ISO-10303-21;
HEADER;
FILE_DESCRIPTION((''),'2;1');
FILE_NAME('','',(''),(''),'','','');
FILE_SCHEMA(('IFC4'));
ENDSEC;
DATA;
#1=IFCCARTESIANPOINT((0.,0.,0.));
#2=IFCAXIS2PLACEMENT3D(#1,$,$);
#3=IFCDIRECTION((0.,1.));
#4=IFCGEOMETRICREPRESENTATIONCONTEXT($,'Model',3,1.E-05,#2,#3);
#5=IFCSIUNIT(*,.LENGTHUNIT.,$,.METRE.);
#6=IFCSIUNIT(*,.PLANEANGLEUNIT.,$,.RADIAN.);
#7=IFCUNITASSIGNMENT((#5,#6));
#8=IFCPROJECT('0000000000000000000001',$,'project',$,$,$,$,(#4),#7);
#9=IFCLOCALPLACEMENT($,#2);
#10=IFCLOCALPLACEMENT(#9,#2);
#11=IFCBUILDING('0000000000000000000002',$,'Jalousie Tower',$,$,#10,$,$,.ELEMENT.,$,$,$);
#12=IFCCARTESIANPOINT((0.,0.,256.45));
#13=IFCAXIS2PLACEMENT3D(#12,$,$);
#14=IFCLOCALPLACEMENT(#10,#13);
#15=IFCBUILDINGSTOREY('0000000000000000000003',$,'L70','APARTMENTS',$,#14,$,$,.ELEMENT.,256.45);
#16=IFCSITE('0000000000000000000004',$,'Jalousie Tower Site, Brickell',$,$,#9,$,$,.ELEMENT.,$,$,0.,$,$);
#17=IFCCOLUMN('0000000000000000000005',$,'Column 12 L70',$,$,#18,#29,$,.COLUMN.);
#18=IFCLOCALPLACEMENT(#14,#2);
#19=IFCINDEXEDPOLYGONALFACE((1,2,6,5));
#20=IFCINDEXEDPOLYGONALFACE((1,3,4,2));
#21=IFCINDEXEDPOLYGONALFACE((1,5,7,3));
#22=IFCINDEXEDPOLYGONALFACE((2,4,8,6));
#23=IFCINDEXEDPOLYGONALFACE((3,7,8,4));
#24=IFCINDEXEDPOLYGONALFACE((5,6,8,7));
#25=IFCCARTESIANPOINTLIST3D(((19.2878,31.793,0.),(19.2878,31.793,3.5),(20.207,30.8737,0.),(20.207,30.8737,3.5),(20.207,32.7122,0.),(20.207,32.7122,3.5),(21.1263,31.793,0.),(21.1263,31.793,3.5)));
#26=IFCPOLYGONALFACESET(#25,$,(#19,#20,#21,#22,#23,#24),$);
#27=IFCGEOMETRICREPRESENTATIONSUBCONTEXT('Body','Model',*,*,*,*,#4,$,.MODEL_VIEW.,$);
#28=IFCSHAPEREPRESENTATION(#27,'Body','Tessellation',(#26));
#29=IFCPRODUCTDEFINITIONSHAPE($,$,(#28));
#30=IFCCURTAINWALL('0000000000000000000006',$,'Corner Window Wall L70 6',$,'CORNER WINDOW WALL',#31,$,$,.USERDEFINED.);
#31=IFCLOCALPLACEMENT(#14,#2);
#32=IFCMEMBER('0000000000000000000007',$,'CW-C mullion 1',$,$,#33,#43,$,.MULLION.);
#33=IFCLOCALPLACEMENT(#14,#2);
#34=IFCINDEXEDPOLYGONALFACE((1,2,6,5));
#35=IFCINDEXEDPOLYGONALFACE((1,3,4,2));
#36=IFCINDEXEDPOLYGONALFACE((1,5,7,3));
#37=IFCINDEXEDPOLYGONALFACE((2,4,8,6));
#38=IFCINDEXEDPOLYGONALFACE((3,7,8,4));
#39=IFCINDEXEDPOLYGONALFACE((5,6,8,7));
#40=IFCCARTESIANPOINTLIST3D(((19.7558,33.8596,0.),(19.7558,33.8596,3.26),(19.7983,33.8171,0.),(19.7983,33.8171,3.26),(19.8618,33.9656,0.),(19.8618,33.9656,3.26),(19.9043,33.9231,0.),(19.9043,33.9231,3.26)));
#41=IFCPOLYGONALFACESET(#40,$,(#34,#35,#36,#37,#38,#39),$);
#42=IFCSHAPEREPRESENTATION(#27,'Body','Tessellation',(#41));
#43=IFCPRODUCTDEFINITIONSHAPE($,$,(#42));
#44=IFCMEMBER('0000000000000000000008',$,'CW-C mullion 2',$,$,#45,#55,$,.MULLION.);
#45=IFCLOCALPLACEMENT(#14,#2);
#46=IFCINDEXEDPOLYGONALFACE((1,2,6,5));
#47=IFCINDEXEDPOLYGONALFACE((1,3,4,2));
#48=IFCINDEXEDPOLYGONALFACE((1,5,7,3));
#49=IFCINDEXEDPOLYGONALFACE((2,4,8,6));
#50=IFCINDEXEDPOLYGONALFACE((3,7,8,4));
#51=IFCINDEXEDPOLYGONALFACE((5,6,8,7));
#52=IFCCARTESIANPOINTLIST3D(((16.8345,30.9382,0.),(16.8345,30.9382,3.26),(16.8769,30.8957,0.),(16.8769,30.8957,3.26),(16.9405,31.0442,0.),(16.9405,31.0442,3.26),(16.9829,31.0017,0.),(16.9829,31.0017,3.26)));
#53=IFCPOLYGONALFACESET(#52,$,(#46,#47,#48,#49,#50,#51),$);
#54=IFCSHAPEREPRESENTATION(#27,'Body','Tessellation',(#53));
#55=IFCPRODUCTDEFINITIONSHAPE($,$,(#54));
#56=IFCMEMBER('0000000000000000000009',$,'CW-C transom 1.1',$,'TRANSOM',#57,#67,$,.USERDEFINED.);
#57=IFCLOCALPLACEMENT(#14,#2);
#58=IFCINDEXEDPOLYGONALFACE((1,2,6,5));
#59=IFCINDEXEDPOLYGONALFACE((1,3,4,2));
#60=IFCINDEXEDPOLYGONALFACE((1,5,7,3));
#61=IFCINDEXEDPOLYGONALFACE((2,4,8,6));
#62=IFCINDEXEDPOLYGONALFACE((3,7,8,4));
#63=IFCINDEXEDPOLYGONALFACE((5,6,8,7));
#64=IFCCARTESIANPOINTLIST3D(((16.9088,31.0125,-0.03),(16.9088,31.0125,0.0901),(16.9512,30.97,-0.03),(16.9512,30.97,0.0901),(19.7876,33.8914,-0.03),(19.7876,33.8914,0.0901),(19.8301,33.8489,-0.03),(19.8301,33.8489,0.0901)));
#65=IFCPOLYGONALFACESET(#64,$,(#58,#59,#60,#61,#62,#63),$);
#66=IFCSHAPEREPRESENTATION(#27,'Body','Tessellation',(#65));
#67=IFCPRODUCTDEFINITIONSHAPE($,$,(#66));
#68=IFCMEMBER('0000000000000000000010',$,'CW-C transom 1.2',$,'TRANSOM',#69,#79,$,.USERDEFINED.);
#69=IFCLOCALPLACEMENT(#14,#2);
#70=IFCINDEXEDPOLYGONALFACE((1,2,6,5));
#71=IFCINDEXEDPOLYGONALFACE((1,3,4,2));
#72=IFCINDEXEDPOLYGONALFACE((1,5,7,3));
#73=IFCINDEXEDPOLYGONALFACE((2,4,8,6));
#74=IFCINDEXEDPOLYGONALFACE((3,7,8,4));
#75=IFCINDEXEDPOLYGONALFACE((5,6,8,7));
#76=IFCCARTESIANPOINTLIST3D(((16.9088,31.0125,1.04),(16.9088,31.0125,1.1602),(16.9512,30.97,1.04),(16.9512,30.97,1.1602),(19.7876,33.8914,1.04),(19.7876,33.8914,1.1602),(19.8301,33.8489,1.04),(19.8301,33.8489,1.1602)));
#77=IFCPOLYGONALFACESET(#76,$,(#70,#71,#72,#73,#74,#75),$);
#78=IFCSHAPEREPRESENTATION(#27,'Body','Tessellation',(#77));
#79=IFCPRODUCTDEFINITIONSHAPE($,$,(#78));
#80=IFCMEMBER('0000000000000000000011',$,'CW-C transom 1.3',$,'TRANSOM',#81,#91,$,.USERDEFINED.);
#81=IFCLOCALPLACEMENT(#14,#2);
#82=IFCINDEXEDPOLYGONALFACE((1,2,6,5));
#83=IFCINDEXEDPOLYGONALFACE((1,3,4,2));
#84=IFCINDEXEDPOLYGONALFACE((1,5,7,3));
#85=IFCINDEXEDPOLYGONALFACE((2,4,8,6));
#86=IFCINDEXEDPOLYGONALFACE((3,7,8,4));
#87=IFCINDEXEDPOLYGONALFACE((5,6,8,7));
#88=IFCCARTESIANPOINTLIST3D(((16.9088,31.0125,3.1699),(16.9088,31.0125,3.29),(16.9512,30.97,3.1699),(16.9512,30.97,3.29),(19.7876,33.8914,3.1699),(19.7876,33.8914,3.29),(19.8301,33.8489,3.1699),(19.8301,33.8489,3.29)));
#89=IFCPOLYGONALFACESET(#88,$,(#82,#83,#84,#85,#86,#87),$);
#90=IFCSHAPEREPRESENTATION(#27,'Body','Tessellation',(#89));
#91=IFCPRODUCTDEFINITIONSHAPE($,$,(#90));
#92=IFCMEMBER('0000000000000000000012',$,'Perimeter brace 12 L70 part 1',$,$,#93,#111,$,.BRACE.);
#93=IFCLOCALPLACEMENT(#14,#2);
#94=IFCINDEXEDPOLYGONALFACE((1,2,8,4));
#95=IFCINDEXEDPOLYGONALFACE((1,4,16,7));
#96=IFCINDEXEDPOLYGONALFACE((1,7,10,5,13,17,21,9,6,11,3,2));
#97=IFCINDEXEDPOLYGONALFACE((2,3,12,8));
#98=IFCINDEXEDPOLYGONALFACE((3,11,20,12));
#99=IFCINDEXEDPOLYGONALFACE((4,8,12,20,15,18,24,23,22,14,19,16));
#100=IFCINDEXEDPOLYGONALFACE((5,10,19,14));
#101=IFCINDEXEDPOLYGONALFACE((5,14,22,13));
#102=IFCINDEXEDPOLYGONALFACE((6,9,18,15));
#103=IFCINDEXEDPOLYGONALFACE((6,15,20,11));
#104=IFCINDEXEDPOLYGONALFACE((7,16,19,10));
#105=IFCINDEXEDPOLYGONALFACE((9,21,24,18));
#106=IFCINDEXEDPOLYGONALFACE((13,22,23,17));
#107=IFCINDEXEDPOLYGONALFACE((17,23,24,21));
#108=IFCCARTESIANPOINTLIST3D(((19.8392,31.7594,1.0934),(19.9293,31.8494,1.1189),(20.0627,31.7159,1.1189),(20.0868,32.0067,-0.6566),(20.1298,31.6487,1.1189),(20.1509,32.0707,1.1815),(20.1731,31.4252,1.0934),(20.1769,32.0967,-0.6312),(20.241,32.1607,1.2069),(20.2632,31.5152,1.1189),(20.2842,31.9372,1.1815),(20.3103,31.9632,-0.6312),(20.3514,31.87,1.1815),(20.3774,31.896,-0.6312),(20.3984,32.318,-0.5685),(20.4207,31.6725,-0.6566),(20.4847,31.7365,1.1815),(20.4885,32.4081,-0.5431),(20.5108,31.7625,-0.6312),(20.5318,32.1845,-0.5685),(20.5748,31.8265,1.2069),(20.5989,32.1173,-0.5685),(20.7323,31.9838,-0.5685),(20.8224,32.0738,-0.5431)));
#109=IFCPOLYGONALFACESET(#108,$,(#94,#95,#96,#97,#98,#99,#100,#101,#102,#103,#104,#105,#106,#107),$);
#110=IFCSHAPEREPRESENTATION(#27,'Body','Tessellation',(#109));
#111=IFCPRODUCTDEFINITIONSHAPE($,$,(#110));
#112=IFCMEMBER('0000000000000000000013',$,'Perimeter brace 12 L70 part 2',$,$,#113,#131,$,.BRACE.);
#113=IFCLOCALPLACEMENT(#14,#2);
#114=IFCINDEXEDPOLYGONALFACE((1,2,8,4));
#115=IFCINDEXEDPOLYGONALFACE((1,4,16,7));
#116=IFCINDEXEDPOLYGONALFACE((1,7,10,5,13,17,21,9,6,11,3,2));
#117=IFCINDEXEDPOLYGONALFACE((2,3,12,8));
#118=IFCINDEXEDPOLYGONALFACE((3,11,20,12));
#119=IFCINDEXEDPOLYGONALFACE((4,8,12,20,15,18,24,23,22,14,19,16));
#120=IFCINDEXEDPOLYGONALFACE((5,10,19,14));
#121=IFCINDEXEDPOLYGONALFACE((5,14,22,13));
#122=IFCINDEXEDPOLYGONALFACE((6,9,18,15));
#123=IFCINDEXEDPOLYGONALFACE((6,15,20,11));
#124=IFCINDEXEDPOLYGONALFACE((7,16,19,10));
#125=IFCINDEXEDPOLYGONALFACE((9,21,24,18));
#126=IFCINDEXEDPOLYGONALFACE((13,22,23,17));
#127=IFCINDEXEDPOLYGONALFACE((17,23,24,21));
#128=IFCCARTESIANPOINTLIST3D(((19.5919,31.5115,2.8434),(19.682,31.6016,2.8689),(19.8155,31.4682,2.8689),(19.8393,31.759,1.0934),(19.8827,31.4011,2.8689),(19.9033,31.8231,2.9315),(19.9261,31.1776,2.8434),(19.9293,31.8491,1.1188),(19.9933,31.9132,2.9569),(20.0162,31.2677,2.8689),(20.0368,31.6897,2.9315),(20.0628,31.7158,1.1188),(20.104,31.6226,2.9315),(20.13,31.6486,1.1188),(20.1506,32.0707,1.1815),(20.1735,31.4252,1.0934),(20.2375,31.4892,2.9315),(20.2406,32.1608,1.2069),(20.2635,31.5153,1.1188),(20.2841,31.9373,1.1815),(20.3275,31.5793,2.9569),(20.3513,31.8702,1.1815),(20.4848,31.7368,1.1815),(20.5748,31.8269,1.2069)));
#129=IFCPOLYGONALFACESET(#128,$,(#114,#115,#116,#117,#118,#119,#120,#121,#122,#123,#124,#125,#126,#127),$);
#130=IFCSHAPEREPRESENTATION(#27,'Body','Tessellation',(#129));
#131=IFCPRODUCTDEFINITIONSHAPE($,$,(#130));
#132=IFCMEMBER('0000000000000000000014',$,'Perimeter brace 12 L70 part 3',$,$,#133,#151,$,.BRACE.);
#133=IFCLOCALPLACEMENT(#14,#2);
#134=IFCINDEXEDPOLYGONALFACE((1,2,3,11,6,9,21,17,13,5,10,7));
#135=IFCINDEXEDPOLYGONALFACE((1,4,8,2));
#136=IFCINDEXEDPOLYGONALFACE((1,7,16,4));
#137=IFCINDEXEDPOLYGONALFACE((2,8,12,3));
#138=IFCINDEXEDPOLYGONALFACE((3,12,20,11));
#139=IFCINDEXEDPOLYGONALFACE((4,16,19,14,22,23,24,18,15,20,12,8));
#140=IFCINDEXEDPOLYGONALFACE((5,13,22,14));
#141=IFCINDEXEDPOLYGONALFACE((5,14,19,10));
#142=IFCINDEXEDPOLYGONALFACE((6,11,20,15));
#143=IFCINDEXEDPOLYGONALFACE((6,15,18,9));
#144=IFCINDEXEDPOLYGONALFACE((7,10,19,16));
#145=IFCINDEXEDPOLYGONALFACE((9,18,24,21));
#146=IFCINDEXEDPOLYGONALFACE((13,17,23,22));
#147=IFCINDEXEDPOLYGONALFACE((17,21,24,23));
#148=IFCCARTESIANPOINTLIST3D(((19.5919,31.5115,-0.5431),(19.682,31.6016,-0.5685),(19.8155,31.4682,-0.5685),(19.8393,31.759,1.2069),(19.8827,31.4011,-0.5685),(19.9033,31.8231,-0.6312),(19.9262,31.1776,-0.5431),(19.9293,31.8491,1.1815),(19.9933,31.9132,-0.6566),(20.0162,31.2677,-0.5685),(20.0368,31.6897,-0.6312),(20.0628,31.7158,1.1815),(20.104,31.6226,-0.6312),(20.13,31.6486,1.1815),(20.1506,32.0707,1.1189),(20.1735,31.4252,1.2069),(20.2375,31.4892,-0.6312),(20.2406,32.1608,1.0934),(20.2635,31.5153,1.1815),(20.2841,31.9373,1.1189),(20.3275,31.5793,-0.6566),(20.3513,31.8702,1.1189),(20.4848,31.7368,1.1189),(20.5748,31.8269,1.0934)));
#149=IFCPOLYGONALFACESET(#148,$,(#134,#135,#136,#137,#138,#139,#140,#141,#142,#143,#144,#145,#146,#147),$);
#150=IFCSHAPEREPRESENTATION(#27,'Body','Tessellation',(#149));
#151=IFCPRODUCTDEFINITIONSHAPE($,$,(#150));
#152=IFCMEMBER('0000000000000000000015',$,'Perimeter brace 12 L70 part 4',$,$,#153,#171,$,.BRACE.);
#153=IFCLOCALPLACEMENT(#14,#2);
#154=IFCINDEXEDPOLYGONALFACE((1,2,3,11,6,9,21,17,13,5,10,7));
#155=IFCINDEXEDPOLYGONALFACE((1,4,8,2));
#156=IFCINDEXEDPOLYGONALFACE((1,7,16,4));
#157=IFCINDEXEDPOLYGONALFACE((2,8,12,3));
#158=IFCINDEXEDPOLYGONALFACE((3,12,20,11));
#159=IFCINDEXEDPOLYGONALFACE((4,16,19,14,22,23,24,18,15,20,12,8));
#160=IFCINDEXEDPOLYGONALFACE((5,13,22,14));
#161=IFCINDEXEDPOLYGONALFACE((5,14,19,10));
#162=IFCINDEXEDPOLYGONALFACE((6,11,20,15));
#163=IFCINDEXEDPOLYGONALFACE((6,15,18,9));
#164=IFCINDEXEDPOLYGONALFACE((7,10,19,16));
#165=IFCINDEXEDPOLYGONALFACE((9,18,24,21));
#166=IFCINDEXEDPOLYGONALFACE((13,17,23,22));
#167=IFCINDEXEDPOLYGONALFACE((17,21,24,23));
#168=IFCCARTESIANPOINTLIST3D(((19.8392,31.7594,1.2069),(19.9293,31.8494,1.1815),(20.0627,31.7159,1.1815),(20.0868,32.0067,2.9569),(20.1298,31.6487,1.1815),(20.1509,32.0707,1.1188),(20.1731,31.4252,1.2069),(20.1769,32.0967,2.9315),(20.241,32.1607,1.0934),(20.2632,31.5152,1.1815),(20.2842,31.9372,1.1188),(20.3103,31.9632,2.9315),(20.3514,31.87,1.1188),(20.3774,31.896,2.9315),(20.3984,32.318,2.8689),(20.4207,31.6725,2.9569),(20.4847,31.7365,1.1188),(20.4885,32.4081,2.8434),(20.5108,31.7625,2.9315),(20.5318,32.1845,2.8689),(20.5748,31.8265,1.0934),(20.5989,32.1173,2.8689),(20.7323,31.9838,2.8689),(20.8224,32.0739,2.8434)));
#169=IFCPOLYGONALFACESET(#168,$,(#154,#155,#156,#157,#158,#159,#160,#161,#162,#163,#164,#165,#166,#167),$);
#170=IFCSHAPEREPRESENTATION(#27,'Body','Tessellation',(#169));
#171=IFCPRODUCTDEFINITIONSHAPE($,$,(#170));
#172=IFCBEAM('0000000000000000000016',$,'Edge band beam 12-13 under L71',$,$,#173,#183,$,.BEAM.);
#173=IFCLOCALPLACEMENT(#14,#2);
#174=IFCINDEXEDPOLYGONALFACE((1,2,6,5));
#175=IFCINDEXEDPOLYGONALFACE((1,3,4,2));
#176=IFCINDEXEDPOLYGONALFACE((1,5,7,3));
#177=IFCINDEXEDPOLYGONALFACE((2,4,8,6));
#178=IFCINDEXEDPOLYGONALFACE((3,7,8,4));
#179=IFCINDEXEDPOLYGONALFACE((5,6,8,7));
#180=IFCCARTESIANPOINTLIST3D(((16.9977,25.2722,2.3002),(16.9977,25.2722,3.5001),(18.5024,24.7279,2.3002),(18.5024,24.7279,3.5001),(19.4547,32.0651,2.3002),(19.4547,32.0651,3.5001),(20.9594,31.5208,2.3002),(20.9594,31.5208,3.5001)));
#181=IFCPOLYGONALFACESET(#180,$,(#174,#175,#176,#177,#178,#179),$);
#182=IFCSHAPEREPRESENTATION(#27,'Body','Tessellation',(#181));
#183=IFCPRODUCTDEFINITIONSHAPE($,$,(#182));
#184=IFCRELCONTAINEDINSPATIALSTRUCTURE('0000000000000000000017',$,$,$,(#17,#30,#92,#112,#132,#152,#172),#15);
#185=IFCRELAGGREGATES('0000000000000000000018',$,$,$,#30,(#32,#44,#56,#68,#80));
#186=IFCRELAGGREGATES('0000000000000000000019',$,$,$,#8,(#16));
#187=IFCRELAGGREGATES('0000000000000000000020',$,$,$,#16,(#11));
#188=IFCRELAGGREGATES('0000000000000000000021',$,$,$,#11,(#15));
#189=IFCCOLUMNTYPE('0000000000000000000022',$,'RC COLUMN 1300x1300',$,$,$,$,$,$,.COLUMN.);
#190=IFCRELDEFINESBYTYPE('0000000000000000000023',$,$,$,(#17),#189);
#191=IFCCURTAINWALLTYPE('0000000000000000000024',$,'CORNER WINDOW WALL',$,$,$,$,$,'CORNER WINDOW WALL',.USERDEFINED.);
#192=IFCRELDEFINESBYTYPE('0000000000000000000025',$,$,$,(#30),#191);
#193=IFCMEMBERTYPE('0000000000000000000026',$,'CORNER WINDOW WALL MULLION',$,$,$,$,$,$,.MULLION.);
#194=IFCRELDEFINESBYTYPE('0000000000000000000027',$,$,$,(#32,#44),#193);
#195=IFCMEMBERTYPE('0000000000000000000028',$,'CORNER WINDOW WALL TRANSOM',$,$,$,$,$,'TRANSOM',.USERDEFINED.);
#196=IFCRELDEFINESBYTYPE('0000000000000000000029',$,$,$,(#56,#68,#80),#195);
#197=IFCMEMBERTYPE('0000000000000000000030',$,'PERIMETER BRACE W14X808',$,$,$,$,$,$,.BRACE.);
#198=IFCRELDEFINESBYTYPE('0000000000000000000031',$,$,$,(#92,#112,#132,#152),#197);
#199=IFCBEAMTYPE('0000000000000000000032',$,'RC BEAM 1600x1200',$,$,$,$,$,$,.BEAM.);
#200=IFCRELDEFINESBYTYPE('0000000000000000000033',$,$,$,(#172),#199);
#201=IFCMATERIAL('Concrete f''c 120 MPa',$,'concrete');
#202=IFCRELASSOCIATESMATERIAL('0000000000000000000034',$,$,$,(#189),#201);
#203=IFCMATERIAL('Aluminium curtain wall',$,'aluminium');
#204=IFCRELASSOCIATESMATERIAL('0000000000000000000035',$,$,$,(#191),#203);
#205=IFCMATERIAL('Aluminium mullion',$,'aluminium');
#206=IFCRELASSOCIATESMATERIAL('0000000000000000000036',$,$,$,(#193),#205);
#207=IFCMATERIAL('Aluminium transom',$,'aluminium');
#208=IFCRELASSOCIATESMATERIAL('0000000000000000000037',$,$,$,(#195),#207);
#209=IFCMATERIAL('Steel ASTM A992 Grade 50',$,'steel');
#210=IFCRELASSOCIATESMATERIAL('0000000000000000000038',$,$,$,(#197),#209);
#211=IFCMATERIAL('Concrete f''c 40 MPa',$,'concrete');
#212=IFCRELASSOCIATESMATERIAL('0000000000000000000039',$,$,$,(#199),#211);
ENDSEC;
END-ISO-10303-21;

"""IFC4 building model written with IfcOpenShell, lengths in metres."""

from ifc_helpers import new_model, si_unit, direction, frame, origin, origin_2d, place, context, subcontext, project, spatial, rectangle, i_section, extrude, material, material_profile, profile_set, type_object, element, aggregate, save


model = new_model("IFC4")

# Units and contexts
model_context = context("Model", 3, precision=1e-05, world=origin(), true_north=direction((0.0, 1.0)))
body_context = subcontext(model_context, "Body", "Model", "MODEL_VIEW")
ifc_project = project(units=[si_unit("LENGTHUNIT", "METRE"), si_unit("PLANEANGLEUNIT", "RADIAN")], contexts=[model_context])

# Site, building, storey
site_placement = place(None, origin())
site = spatial("IfcSite", under=ifc_project, at=site_placement, Name="Jalousie Tower Site, Brickell", CompositionType="ELEMENT", RefElevation=0.0)
building_placement = place(site_placement, origin())
building = spatial("IfcBuilding", under=site, at=building_placement, Name="Jalousie Tower", CompositionType="ELEMENT")
storey_placement = place(building_placement, frame((0.0, 0.0, 256.45)))
storey = spatial("IfcBuildingStorey", under=building, at=storey_placement, Name="L70", Description="APARTMENTS", CompositionType="ELEMENT", Elevation=256.45)

# Column
ifc_material_1 = material(Name="Concrete f'c 120 MPa", Category="concrete")
ifc_material_profile_1 = material_profile(ifc_material_1, rectangle(XDim=1.3, YDim=1.3, at=origin_2d()), Name="RC 1300x1300")
ifc_profile_set_1 = profile_set([ifc_material_profile_1], Name="Concrete f'c 120 MPa")
column_type = type_object("IfcColumnType", Name="RC COLUMN 1300x1300", PredefinedType="COLUMN", material=ifc_profile_set_1)
column_placement = place(storey_placement, frame((20.207, 31.793, 0.0), z_axis=(0.0, 0.0, 1.0), x_axis=(0.707107, 0.707107, 0.0)))
element("IfcColumn", 1, at=column_placement, inside=storey, type_object=column_type, Name="Column 12 L70", PredefinedType="COLUMN", context=body_context, shape_type="SweptSolid", body=[
    extrude(rectangle(XDim=1.3, YDim=1.3, at=origin_2d()), origin(), (0.0, 0.0, 1.0), 3.5),
])

# Curtain wall, members
ifc_material_2 = material(Name="Aluminium curtain wall", Category="aluminium")
curtain_wall_type_1 = type_object("IfcCurtainWallType", Name="CORNER WINDOW WALL", ElementType="CORNER WINDOW WALL", PredefinedType="USERDEFINED", material=ifc_material_2)
curtain_wall_1_placement = place(storey_placement, origin())
curtain_wall_1 = element("IfcCurtainWall", 2, at=curtain_wall_1_placement, inside=storey, type_object=curtain_wall_type_1, Name="Corner Window Wall L70 6", ObjectType="CORNER WINDOW WALL", PredefinedType="USERDEFINED")
ifc_material_3 = material(Name="Aluminium mullion", Category="aluminium")
ifc_material_profile_2 = material_profile(ifc_material_3, rectangle(XDim=0.0601, YDim=0.1499, at=origin_2d()), Name="MULLION 60x150")
ifc_profile_set_2 = profile_set([ifc_material_profile_2], Name="Aluminium mullion")
member_type_1 = type_object("IfcMemberType", Name="CORNER WINDOW WALL MULLION", PredefinedType="MULLION", material=ifc_profile_set_2)
member_1_placement = place(storey_placement, frame((19.8301, 33.8914, 0.0), z_axis=(0.0, 0.0, 1.0), x_axis=(0.707107, -0.707107, 0.0)))
member_1 = element("IfcMember", 3, at=member_1_placement, type_object=member_type_1, Name="CW-C mullion 1", PredefinedType="MULLION", context=body_context, shape_type="SweptSolid", body=[
    extrude(rectangle(XDim=0.0601, YDim=0.1499, at=origin_2d()), origin(), (0.0, 0.0, 1.0), 3.26),
])
member_2_placement = place(storey_placement, frame((16.9087, 30.97, 0.0), z_axis=(0.0, 0.0, 1.0), x_axis=(0.707107, -0.707107, 0.0)))
member_2 = element("IfcMember", 4, at=member_2_placement, type_object=member_type_1, Name="CW-C mullion 2", PredefinedType="MULLION", context=body_context, shape_type="SweptSolid", body=[
    extrude(rectangle(XDim=0.0601, YDim=0.1499, at=origin_2d()), origin(), (0.0, 0.0, 1.0), 3.26),
])
ifc_material_4 = material(Name="Aluminium transom", Category="aluminium")
ifc_material_profile_3 = material_profile(ifc_material_4, rectangle(XDim=0.0601, YDim=0.1201, at=origin_2d()), Name="TRANSOM 60x120")
ifc_profile_set_3 = profile_set([ifc_material_profile_3], Name="Aluminium transom")
member_type_2 = type_object("IfcMemberType", Name="CORNER WINDOW WALL TRANSOM", ElementType="TRANSOM", PredefinedType="USERDEFINED", material=ifc_profile_set_3)
member_3_placement = place(storey_placement, frame((19.8088, 33.8701, 0.03), z_axis=(-0.707107, -0.707107, 0.0), x_axis=(0.707107, -0.707107, 0.0)))
member_3 = element("IfcMember", 5, at=member_3_placement, type_object=member_type_2, Name="CW-C transom 1.1", ObjectType="TRANSOM", PredefinedType="USERDEFINED", context=body_context, shape_type="SweptSolid", body=[
    extrude(rectangle(XDim=0.0601, YDim=0.1201, at=origin_2d()), origin(), (0.0, 0.0, 1.0), 4.0713),
])
member_4_placement = place(storey_placement, frame((19.8088, 33.8701, 1.1001), z_axis=(-0.707107, -0.707107, 0.0), x_axis=(0.707107, -0.707107, 0.0)))
member_4 = element("IfcMember", 6, at=member_4_placement, type_object=member_type_2, Name="CW-C transom 1.2", ObjectType="TRANSOM", PredefinedType="USERDEFINED", context=body_context, shape_type="SweptSolid", body=[
    extrude(rectangle(XDim=0.0601, YDim=0.1201, at=origin_2d()), origin(), (0.0, 0.0, 1.0), 4.0713),
])
member_5_placement = place(storey_placement, frame((19.8088, 33.8701, 3.23), z_axis=(-0.707107, -0.707107, 0.0), x_axis=(0.707107, -0.707107, 0.0)))
member_5 = element("IfcMember", 7, at=member_5_placement, type_object=member_type_2, Name="CW-C transom 1.3", ObjectType="TRANSOM", PredefinedType="USERDEFINED", context=body_context, shape_type="SweptSolid", body=[
    extrude(rectangle(XDim=0.0601, YDim=0.1201, at=origin_2d()), origin(), (0.0, 0.0, 1.0), 4.0713),
])

# Members
ifc_material_5 = material(Name="Steel ASTM A992 Grade 50", Category="steel")
ifc_material_profile_4 = material_profile(ifc_material_5, i_section(OverallWidth=0.4724, OverallDepth=0.5791, WebThickness=0.095, FlangeThickness=0.1299, at=origin_2d()), Name="W14X808")
ifc_profile_set_4 = profile_set([ifc_material_profile_4], Name="Steel ASTM A992 Grade 50")
member_type_3 = type_object("IfcMemberType", Name="PERIMETER BRACE W14X808", PredefinedType="BRACE", material=ifc_profile_set_4)
for number, where, z_axis, x_axis, name in (
    (8, (20.4546, 32.0403, -0.5999), (-0.138716, -0.138579, 0.980588), (0.706758, -0.707456, 0.0), "Perimeter brace 12 L70 part 1"),
    (9, (20.207, 31.793, 1.1501), (-0.138579, -0.138716, 0.980588), (0.707456, -0.706758, 0.0), "Perimeter brace 12 L70 part 2"),
    (10, (19.9597, 31.5454, -0.5999), (0.138579, 0.138716, 0.980588), (-0.707456, 0.706758, 0.0), "Perimeter brace 12 L70 part 3"),
    (11, (20.207, 31.793, 1.1501), (0.138716, 0.138579, 0.980588), (-0.706758, 0.707456, 0.0), "Perimeter brace 12 L70 part 4"),
):
    element("IfcMember", number, at=place(storey_placement, frame(where, z_axis=z_axis, x_axis=x_axis)), inside=storey, type_object=member_type_3, Name=name, PredefinedType="BRACE", context=body_context, shape_type="SweptSolid", body=[
        extrude(i_section(OverallWidth=0.4724, OverallDepth=0.5791, WebThickness=0.095, FlangeThickness=0.1299, at=origin_2d()), origin(), (0.0, 0.0, 1.0), 1.7847),
    ])

# Beam
ifc_material_6 = material(Name="Concrete f'c 40 MPa", Category="concrete")
ifc_material_profile_5 = material_profile(ifc_material_6, rectangle(XDim=1.6001, YDim=1.2, at=origin_2d()), Name="RC 1600x1200")
ifc_profile_set_5 = profile_set([ifc_material_profile_5], Name="Concrete f'c 40 MPa")
beam_type = type_object("IfcBeamType", Name="RC BEAM 1600x1200", PredefinedType="BEAM", material=ifc_profile_set_5)
beam_placement = place(storey_placement, frame((20.207, 31.793, 2.9001), z_axis=(-0.340136, -0.940376, 0.0), x_axis=(0.940376, -0.340136, 0.0)))
element("IfcBeam", 12, at=beam_placement, inside=storey, type_object=beam_type, Name="Edge band beam 12-13 under L71", PredefinedType="BEAM", context=body_context, shape_type="SweptSolid", body=[
    extrude(rectangle(XDim=1.6001, YDim=1.2, at=origin_2d()), origin(), (0.0, 0.0, 1.0), 7.2236),
])

aggregate(curtain_wall_1, [member_1, member_2, member_3, member_4, member_5])

save(model, "model.ifc")
